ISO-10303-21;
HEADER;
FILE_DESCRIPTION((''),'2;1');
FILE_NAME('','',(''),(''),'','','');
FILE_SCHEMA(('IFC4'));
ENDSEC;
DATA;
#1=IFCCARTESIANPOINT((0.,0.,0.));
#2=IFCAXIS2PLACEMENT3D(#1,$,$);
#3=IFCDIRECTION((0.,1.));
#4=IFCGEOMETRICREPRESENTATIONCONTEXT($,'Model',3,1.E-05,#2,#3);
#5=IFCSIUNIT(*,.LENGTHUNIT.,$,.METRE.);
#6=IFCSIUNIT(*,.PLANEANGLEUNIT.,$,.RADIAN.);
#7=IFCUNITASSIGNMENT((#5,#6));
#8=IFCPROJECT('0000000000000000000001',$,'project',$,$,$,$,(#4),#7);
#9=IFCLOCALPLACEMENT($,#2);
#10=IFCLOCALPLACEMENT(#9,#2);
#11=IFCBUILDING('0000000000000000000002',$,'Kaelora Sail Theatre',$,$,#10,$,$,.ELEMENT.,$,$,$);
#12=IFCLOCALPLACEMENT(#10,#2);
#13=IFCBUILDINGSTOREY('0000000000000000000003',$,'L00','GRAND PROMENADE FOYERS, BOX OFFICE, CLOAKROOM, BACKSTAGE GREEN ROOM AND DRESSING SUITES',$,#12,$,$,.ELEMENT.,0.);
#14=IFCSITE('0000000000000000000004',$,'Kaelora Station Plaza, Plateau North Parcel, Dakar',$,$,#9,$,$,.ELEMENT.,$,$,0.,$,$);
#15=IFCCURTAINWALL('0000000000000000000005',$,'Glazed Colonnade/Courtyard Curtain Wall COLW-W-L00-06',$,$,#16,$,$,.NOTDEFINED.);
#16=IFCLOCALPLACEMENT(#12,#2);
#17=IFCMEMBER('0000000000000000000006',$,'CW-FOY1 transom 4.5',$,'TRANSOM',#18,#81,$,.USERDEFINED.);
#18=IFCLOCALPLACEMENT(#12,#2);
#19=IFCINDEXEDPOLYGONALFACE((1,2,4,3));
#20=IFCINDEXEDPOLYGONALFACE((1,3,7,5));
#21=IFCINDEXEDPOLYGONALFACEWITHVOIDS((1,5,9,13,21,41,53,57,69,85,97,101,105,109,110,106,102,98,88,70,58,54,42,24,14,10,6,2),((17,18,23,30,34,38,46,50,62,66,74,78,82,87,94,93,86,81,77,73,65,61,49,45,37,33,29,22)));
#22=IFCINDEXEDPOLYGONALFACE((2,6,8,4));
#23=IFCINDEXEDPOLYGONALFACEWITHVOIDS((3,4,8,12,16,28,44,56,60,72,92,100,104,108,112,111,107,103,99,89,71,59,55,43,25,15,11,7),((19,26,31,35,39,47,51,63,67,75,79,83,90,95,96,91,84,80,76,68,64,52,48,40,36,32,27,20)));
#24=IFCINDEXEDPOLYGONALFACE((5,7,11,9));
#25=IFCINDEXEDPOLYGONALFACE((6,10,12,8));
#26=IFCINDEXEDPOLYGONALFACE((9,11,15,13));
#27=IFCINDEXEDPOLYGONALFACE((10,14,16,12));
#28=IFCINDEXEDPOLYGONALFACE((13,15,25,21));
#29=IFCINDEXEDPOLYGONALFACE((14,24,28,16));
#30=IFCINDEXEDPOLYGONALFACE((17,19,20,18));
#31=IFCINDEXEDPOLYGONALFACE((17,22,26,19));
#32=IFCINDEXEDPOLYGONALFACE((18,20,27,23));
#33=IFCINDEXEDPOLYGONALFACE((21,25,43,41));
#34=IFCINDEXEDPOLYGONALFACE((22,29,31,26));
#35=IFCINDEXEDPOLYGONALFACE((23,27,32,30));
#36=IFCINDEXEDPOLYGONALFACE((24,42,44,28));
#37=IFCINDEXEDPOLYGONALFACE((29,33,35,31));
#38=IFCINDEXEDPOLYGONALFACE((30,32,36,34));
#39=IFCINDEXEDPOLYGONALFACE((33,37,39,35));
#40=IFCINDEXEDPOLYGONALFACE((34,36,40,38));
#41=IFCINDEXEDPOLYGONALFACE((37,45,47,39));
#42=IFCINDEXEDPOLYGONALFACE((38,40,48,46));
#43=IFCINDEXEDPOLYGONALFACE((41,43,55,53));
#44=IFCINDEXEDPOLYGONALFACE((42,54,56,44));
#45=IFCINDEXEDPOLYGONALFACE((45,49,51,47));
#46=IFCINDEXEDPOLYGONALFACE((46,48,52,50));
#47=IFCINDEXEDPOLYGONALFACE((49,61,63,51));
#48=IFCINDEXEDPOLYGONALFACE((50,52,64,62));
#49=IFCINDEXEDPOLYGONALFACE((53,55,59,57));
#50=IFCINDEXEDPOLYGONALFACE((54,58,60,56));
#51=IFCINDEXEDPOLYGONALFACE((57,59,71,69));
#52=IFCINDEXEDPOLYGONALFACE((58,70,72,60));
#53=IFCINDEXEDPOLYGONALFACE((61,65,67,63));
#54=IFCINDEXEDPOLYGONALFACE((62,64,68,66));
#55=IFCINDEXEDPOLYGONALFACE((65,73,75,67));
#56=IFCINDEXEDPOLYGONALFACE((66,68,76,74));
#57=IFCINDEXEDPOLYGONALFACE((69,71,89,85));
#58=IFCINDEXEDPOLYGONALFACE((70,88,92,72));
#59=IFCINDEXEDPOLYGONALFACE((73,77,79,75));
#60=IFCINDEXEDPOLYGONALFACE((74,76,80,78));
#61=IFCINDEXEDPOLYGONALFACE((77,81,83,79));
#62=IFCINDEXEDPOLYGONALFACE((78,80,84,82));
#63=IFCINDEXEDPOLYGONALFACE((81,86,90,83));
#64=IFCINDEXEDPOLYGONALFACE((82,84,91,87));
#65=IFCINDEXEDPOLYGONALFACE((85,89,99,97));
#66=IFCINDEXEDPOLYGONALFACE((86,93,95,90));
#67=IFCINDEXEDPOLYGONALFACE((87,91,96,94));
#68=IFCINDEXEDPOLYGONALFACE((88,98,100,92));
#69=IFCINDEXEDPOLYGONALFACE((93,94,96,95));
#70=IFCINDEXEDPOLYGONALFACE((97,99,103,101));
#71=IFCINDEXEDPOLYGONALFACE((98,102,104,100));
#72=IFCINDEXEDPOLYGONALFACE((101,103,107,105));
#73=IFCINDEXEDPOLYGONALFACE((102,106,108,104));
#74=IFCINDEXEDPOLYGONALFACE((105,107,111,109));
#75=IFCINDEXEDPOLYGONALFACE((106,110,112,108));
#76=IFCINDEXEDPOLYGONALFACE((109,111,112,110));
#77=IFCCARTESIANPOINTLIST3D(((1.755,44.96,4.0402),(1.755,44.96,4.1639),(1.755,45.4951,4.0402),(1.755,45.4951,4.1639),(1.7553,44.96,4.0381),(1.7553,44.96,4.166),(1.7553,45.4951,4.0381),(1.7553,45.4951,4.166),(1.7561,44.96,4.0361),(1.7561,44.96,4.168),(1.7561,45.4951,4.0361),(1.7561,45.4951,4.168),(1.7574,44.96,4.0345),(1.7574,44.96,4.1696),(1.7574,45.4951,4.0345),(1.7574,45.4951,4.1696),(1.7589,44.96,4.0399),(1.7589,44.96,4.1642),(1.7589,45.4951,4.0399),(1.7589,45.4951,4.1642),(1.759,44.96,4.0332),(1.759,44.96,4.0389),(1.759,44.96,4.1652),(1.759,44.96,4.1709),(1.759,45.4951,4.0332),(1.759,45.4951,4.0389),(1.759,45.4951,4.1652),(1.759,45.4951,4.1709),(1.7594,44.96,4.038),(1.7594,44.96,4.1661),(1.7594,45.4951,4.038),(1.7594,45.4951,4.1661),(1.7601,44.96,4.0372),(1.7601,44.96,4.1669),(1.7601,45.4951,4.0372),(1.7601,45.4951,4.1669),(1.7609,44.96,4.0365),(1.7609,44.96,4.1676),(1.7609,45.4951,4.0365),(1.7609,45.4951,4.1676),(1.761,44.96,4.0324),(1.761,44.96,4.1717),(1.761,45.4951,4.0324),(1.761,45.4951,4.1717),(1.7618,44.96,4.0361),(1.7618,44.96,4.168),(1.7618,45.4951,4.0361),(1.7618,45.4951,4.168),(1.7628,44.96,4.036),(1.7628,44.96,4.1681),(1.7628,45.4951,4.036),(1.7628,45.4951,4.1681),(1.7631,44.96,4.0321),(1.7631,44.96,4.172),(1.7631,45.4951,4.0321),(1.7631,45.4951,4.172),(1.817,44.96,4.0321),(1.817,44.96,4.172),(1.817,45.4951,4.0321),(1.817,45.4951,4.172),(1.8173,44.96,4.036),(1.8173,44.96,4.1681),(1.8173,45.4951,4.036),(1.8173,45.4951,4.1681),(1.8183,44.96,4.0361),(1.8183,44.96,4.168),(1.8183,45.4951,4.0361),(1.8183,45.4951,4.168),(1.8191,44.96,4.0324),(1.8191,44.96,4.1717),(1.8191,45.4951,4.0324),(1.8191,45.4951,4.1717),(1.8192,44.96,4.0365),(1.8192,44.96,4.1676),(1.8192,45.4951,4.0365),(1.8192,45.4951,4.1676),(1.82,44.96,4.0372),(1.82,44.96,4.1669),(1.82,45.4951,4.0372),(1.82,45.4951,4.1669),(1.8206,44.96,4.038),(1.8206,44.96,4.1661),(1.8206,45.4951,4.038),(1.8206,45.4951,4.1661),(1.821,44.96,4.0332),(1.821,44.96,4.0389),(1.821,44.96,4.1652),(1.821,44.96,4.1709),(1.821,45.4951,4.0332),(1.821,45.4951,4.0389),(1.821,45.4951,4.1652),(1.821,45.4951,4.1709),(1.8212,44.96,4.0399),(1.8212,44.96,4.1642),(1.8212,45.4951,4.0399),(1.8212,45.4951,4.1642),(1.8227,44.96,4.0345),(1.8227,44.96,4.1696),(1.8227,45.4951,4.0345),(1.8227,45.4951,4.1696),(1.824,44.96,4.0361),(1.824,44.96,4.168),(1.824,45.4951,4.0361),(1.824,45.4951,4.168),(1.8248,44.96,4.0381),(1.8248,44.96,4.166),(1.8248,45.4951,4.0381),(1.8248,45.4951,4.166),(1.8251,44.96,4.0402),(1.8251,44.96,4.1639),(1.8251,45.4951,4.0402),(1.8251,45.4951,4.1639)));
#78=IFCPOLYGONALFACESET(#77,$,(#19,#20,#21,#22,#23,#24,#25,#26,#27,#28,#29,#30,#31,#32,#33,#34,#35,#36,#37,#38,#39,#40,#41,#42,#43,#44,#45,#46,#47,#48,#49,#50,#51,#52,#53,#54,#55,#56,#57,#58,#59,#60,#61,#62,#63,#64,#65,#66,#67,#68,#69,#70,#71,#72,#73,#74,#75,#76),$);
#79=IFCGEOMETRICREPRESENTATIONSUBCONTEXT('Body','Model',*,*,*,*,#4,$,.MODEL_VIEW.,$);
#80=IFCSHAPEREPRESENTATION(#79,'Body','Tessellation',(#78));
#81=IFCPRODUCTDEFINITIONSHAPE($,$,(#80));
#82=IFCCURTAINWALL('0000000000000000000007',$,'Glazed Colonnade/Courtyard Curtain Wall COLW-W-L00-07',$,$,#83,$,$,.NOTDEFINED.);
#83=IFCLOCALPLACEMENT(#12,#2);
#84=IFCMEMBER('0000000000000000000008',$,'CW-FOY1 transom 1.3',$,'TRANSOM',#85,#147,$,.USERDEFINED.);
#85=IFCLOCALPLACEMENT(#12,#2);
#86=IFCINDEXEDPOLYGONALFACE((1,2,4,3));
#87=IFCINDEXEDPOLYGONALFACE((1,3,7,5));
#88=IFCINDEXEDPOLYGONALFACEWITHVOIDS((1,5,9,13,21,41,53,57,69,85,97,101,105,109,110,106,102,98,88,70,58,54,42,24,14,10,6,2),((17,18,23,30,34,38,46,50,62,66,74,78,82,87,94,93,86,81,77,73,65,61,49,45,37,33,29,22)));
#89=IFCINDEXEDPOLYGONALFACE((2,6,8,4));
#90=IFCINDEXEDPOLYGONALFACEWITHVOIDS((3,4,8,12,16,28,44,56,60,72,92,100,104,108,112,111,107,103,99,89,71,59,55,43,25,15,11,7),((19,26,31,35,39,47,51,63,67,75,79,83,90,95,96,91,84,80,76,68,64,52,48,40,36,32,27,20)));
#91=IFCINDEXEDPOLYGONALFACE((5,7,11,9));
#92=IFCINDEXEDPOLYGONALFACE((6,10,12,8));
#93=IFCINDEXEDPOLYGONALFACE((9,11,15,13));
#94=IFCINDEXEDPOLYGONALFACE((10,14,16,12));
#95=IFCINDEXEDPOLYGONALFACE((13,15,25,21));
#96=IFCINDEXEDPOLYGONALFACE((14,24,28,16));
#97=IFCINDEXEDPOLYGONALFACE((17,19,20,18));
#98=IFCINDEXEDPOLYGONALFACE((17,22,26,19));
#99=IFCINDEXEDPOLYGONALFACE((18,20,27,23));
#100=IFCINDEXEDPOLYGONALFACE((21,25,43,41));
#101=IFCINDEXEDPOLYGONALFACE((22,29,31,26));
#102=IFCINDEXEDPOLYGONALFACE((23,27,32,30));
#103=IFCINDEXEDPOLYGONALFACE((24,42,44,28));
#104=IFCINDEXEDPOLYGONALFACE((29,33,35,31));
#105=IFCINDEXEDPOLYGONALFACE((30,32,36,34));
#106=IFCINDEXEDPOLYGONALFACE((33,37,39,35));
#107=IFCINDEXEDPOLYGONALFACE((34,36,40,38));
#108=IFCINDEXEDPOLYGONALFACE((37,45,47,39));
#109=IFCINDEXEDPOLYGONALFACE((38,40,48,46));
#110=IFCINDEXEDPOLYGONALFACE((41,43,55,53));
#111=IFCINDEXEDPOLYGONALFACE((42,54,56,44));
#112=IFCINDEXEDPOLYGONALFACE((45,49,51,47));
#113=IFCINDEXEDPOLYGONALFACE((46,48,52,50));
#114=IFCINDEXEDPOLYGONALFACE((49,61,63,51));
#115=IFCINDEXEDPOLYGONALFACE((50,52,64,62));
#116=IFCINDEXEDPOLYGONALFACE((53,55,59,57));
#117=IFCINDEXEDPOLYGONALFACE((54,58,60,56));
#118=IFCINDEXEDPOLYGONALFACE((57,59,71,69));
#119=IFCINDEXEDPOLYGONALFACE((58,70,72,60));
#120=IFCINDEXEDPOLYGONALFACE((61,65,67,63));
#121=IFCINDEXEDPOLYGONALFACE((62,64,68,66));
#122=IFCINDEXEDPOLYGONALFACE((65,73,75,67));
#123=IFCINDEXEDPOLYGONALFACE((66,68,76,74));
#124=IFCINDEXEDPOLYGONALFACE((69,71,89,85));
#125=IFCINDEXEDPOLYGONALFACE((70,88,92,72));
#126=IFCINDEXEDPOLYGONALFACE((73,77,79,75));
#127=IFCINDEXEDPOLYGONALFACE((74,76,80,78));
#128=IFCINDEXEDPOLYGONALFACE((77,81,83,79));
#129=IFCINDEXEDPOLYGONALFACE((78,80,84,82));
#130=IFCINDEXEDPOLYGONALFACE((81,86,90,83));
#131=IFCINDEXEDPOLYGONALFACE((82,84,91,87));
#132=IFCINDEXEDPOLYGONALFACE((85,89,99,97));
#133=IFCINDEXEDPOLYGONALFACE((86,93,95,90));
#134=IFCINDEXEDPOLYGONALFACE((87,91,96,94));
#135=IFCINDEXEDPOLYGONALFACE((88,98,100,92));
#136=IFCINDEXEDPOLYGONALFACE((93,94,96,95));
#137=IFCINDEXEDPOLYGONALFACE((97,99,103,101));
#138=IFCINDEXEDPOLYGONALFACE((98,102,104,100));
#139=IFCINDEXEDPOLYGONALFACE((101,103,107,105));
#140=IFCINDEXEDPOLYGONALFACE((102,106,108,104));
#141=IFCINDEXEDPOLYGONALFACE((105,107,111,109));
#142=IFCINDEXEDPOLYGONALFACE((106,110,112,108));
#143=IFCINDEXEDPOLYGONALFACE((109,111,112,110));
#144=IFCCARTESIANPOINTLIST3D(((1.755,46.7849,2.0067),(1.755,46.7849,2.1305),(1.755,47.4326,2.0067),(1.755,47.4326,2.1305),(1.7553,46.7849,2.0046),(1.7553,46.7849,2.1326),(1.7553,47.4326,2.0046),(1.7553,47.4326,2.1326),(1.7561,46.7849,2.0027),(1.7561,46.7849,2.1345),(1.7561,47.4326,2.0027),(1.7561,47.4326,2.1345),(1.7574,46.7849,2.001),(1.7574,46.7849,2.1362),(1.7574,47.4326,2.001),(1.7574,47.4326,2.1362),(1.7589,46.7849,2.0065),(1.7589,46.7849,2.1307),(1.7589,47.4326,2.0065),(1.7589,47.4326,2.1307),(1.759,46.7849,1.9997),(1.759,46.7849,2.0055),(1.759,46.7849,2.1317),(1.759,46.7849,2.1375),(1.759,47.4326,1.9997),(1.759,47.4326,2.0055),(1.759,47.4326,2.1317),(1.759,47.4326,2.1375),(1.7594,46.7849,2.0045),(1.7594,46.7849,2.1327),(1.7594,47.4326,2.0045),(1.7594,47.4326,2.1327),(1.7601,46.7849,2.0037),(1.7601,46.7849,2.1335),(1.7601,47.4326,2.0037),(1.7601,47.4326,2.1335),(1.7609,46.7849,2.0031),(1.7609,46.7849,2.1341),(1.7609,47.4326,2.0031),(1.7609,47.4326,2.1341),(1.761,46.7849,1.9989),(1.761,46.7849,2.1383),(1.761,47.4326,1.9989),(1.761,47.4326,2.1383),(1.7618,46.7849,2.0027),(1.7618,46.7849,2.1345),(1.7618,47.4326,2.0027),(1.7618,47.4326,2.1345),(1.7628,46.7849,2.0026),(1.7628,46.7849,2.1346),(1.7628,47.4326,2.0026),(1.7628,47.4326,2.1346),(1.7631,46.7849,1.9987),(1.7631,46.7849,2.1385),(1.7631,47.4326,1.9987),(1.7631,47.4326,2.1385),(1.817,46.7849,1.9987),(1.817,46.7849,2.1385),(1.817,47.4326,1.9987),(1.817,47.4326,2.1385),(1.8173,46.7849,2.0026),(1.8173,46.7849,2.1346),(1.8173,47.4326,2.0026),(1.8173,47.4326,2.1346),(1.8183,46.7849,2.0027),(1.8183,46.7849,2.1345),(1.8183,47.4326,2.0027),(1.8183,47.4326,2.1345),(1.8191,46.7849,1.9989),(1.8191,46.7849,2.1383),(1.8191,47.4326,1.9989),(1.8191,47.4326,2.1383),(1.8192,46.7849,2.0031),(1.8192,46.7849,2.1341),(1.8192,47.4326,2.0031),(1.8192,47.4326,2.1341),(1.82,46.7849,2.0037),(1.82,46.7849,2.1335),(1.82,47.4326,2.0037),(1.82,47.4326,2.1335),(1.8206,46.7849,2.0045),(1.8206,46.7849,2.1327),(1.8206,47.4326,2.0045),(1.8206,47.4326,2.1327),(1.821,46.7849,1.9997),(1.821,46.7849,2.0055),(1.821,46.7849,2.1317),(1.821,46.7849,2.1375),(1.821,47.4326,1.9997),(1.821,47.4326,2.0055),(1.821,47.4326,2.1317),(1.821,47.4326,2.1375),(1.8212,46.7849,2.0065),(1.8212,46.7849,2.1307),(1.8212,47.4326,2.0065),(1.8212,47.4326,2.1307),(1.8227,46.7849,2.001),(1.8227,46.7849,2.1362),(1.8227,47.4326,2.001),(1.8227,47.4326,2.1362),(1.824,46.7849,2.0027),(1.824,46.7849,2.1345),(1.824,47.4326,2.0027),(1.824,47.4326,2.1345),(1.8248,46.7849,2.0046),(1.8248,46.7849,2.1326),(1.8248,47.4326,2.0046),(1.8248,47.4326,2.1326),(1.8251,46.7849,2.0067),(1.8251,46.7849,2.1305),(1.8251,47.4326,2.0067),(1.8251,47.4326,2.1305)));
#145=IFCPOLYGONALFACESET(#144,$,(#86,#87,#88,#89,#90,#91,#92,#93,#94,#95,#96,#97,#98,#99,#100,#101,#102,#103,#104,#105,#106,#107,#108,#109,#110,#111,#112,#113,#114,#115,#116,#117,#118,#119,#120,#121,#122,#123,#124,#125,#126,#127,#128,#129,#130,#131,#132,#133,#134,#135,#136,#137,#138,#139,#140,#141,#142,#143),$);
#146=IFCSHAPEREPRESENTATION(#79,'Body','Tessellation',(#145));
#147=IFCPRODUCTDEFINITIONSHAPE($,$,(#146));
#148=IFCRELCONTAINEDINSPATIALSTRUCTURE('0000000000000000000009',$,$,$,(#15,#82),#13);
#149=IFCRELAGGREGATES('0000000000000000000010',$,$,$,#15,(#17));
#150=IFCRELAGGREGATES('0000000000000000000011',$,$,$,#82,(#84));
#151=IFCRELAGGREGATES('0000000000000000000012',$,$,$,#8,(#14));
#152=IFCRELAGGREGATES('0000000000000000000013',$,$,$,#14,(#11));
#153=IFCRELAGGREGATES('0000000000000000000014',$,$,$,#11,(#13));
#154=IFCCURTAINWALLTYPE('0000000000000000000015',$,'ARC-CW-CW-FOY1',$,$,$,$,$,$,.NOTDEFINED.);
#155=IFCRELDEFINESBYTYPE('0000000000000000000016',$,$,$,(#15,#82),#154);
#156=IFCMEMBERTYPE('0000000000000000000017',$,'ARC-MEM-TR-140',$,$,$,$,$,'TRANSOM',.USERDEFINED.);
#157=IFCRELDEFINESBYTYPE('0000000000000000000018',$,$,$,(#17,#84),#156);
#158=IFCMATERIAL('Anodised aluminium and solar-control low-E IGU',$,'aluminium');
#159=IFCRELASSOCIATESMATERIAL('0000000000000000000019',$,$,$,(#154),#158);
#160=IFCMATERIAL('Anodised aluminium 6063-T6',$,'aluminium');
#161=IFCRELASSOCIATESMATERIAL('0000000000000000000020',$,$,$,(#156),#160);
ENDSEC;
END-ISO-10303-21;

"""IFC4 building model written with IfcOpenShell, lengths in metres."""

from ifc_helpers import new_model, si_unit, direction, frame, origin, origin_2d, place, context, subcontext, project, spatial, hollow_rectangle, extrude, material, material_profile, profile_set, type_object, element, aggregate, save


model = new_model("IFC4")

# Units and contexts
model_context = context("Model", 3, precision=1e-05, world=origin(), true_north=direction((0.0, 1.0)))
body_context = subcontext(model_context, "Body", "Model", "MODEL_VIEW")
ifc_project = project(units=[si_unit("LENGTHUNIT", "METRE"), si_unit("PLANEANGLEUNIT", "RADIAN")], contexts=[model_context])

# Site, building, storey
site_placement = place(None, origin())
site = spatial("IfcSite", under=ifc_project, at=site_placement, Name="Kaelora Station Plaza, Plateau North Parcel, Dakar", CompositionType="ELEMENT", RefElevation=0.0)
building_placement = place(site_placement, origin())
building = spatial("IfcBuilding", under=site, at=building_placement, Name="Kaelora Sail Theatre", CompositionType="ELEMENT")
storey_placement = place(building_placement, origin())
storey = spatial("IfcBuildingStorey", under=building, at=storey_placement, Name="L00", Description="GRAND PROMENADE FOYERS, BOX OFFICE, CLOAKROOM, BACKSTAGE GREEN ROOM AND DRESSING SUITES", CompositionType="ELEMENT", Elevation=0.0)

# Curtain walls, members
ifc_material_1 = material(Name="Anodised aluminium and solar-control low-E IGU", Category="aluminium")
curtain_wall_type = type_object("IfcCurtainWallType", Name="ARC-CW-CW-FOY1", PredefinedType="NOTDEFINED", material=ifc_material_1)
curtain_wall_1_placement = place(storey_placement, origin())
curtain_wall_1 = element("IfcCurtainWall", 1, at=curtain_wall_1_placement, inside=storey, type_object=curtain_wall_type, Name="Glazed Colonnade/Courtyard Curtain Wall COLW-W-L00-06", PredefinedType="NOTDEFINED")
ifc_material_2 = material(Name="Anodised aluminium 6063-T6", Category="aluminium")
ifc_material_profile = material_profile(ifc_material_2, hollow_rectangle(XDim=0.0701, YDim=0.1399, WallThickness=0.0039, InnerFilletRadius=0.0039, OuterFilletRadius=0.0081, at=origin_2d()), Name="ALU-TRAN 70x140x4")
ifc_profile_set = profile_set([ifc_material_profile], Name="Anodised aluminium 6063-T6")
member_type = type_object("IfcMemberType", Name="ARC-MEM-TR-140", ElementType="TRANSOM", PredefinedType="USERDEFINED", material=ifc_profile_set)
member_1_placement = place(storey_placement, frame((1.79, 44.96, 4.1021), z_axis=(0.0, 1.0, 0.0), x_axis=(-1.0, 0.0, 0.0)))
member_1 = element("IfcMember", 2, at=member_1_placement, type_object=member_type, Name="CW-FOY1 transom 4.5", ObjectType="TRANSOM", PredefinedType="USERDEFINED", context=body_context, shape_type="SweptSolid", body=[
    extrude(hollow_rectangle(XDim=0.0701, YDim=0.1399, WallThickness=0.0039, InnerFilletRadius=0.0039, OuterFilletRadius=0.0081, at=origin_2d()), origin(), (0.0, 0.0, 1.0), 0.5352),
])
curtain_wall_2_placement = place(storey_placement, origin())
curtain_wall_2 = element("IfcCurtainWall", 3, at=curtain_wall_2_placement, inside=storey, type_object=curtain_wall_type, Name="Glazed Colonnade/Courtyard Curtain Wall COLW-W-L00-07", PredefinedType="NOTDEFINED")
member_2_placement = place(storey_placement, frame((1.79, 46.7849, 2.0686), z_axis=(0.0, 1.0, 0.0), x_axis=(-1.0, 0.0, 0.0)))
member_2 = element("IfcMember", 4, at=member_2_placement, type_object=member_type, Name="CW-FOY1 transom 1.3", ObjectType="TRANSOM", PredefinedType="USERDEFINED", context=body_context, shape_type="SweptSolid", body=[
    extrude(hollow_rectangle(XDim=0.0701, YDim=0.1399, WallThickness=0.0039, InnerFilletRadius=0.0039, OuterFilletRadius=0.0081, at=origin_2d()), origin(), (0.0, 0.0, 1.0), 0.6477),
])

aggregate(curtain_wall_1, [member_1])
aggregate(curtain_wall_2, [member_2])

save(model, "model.ifc")
